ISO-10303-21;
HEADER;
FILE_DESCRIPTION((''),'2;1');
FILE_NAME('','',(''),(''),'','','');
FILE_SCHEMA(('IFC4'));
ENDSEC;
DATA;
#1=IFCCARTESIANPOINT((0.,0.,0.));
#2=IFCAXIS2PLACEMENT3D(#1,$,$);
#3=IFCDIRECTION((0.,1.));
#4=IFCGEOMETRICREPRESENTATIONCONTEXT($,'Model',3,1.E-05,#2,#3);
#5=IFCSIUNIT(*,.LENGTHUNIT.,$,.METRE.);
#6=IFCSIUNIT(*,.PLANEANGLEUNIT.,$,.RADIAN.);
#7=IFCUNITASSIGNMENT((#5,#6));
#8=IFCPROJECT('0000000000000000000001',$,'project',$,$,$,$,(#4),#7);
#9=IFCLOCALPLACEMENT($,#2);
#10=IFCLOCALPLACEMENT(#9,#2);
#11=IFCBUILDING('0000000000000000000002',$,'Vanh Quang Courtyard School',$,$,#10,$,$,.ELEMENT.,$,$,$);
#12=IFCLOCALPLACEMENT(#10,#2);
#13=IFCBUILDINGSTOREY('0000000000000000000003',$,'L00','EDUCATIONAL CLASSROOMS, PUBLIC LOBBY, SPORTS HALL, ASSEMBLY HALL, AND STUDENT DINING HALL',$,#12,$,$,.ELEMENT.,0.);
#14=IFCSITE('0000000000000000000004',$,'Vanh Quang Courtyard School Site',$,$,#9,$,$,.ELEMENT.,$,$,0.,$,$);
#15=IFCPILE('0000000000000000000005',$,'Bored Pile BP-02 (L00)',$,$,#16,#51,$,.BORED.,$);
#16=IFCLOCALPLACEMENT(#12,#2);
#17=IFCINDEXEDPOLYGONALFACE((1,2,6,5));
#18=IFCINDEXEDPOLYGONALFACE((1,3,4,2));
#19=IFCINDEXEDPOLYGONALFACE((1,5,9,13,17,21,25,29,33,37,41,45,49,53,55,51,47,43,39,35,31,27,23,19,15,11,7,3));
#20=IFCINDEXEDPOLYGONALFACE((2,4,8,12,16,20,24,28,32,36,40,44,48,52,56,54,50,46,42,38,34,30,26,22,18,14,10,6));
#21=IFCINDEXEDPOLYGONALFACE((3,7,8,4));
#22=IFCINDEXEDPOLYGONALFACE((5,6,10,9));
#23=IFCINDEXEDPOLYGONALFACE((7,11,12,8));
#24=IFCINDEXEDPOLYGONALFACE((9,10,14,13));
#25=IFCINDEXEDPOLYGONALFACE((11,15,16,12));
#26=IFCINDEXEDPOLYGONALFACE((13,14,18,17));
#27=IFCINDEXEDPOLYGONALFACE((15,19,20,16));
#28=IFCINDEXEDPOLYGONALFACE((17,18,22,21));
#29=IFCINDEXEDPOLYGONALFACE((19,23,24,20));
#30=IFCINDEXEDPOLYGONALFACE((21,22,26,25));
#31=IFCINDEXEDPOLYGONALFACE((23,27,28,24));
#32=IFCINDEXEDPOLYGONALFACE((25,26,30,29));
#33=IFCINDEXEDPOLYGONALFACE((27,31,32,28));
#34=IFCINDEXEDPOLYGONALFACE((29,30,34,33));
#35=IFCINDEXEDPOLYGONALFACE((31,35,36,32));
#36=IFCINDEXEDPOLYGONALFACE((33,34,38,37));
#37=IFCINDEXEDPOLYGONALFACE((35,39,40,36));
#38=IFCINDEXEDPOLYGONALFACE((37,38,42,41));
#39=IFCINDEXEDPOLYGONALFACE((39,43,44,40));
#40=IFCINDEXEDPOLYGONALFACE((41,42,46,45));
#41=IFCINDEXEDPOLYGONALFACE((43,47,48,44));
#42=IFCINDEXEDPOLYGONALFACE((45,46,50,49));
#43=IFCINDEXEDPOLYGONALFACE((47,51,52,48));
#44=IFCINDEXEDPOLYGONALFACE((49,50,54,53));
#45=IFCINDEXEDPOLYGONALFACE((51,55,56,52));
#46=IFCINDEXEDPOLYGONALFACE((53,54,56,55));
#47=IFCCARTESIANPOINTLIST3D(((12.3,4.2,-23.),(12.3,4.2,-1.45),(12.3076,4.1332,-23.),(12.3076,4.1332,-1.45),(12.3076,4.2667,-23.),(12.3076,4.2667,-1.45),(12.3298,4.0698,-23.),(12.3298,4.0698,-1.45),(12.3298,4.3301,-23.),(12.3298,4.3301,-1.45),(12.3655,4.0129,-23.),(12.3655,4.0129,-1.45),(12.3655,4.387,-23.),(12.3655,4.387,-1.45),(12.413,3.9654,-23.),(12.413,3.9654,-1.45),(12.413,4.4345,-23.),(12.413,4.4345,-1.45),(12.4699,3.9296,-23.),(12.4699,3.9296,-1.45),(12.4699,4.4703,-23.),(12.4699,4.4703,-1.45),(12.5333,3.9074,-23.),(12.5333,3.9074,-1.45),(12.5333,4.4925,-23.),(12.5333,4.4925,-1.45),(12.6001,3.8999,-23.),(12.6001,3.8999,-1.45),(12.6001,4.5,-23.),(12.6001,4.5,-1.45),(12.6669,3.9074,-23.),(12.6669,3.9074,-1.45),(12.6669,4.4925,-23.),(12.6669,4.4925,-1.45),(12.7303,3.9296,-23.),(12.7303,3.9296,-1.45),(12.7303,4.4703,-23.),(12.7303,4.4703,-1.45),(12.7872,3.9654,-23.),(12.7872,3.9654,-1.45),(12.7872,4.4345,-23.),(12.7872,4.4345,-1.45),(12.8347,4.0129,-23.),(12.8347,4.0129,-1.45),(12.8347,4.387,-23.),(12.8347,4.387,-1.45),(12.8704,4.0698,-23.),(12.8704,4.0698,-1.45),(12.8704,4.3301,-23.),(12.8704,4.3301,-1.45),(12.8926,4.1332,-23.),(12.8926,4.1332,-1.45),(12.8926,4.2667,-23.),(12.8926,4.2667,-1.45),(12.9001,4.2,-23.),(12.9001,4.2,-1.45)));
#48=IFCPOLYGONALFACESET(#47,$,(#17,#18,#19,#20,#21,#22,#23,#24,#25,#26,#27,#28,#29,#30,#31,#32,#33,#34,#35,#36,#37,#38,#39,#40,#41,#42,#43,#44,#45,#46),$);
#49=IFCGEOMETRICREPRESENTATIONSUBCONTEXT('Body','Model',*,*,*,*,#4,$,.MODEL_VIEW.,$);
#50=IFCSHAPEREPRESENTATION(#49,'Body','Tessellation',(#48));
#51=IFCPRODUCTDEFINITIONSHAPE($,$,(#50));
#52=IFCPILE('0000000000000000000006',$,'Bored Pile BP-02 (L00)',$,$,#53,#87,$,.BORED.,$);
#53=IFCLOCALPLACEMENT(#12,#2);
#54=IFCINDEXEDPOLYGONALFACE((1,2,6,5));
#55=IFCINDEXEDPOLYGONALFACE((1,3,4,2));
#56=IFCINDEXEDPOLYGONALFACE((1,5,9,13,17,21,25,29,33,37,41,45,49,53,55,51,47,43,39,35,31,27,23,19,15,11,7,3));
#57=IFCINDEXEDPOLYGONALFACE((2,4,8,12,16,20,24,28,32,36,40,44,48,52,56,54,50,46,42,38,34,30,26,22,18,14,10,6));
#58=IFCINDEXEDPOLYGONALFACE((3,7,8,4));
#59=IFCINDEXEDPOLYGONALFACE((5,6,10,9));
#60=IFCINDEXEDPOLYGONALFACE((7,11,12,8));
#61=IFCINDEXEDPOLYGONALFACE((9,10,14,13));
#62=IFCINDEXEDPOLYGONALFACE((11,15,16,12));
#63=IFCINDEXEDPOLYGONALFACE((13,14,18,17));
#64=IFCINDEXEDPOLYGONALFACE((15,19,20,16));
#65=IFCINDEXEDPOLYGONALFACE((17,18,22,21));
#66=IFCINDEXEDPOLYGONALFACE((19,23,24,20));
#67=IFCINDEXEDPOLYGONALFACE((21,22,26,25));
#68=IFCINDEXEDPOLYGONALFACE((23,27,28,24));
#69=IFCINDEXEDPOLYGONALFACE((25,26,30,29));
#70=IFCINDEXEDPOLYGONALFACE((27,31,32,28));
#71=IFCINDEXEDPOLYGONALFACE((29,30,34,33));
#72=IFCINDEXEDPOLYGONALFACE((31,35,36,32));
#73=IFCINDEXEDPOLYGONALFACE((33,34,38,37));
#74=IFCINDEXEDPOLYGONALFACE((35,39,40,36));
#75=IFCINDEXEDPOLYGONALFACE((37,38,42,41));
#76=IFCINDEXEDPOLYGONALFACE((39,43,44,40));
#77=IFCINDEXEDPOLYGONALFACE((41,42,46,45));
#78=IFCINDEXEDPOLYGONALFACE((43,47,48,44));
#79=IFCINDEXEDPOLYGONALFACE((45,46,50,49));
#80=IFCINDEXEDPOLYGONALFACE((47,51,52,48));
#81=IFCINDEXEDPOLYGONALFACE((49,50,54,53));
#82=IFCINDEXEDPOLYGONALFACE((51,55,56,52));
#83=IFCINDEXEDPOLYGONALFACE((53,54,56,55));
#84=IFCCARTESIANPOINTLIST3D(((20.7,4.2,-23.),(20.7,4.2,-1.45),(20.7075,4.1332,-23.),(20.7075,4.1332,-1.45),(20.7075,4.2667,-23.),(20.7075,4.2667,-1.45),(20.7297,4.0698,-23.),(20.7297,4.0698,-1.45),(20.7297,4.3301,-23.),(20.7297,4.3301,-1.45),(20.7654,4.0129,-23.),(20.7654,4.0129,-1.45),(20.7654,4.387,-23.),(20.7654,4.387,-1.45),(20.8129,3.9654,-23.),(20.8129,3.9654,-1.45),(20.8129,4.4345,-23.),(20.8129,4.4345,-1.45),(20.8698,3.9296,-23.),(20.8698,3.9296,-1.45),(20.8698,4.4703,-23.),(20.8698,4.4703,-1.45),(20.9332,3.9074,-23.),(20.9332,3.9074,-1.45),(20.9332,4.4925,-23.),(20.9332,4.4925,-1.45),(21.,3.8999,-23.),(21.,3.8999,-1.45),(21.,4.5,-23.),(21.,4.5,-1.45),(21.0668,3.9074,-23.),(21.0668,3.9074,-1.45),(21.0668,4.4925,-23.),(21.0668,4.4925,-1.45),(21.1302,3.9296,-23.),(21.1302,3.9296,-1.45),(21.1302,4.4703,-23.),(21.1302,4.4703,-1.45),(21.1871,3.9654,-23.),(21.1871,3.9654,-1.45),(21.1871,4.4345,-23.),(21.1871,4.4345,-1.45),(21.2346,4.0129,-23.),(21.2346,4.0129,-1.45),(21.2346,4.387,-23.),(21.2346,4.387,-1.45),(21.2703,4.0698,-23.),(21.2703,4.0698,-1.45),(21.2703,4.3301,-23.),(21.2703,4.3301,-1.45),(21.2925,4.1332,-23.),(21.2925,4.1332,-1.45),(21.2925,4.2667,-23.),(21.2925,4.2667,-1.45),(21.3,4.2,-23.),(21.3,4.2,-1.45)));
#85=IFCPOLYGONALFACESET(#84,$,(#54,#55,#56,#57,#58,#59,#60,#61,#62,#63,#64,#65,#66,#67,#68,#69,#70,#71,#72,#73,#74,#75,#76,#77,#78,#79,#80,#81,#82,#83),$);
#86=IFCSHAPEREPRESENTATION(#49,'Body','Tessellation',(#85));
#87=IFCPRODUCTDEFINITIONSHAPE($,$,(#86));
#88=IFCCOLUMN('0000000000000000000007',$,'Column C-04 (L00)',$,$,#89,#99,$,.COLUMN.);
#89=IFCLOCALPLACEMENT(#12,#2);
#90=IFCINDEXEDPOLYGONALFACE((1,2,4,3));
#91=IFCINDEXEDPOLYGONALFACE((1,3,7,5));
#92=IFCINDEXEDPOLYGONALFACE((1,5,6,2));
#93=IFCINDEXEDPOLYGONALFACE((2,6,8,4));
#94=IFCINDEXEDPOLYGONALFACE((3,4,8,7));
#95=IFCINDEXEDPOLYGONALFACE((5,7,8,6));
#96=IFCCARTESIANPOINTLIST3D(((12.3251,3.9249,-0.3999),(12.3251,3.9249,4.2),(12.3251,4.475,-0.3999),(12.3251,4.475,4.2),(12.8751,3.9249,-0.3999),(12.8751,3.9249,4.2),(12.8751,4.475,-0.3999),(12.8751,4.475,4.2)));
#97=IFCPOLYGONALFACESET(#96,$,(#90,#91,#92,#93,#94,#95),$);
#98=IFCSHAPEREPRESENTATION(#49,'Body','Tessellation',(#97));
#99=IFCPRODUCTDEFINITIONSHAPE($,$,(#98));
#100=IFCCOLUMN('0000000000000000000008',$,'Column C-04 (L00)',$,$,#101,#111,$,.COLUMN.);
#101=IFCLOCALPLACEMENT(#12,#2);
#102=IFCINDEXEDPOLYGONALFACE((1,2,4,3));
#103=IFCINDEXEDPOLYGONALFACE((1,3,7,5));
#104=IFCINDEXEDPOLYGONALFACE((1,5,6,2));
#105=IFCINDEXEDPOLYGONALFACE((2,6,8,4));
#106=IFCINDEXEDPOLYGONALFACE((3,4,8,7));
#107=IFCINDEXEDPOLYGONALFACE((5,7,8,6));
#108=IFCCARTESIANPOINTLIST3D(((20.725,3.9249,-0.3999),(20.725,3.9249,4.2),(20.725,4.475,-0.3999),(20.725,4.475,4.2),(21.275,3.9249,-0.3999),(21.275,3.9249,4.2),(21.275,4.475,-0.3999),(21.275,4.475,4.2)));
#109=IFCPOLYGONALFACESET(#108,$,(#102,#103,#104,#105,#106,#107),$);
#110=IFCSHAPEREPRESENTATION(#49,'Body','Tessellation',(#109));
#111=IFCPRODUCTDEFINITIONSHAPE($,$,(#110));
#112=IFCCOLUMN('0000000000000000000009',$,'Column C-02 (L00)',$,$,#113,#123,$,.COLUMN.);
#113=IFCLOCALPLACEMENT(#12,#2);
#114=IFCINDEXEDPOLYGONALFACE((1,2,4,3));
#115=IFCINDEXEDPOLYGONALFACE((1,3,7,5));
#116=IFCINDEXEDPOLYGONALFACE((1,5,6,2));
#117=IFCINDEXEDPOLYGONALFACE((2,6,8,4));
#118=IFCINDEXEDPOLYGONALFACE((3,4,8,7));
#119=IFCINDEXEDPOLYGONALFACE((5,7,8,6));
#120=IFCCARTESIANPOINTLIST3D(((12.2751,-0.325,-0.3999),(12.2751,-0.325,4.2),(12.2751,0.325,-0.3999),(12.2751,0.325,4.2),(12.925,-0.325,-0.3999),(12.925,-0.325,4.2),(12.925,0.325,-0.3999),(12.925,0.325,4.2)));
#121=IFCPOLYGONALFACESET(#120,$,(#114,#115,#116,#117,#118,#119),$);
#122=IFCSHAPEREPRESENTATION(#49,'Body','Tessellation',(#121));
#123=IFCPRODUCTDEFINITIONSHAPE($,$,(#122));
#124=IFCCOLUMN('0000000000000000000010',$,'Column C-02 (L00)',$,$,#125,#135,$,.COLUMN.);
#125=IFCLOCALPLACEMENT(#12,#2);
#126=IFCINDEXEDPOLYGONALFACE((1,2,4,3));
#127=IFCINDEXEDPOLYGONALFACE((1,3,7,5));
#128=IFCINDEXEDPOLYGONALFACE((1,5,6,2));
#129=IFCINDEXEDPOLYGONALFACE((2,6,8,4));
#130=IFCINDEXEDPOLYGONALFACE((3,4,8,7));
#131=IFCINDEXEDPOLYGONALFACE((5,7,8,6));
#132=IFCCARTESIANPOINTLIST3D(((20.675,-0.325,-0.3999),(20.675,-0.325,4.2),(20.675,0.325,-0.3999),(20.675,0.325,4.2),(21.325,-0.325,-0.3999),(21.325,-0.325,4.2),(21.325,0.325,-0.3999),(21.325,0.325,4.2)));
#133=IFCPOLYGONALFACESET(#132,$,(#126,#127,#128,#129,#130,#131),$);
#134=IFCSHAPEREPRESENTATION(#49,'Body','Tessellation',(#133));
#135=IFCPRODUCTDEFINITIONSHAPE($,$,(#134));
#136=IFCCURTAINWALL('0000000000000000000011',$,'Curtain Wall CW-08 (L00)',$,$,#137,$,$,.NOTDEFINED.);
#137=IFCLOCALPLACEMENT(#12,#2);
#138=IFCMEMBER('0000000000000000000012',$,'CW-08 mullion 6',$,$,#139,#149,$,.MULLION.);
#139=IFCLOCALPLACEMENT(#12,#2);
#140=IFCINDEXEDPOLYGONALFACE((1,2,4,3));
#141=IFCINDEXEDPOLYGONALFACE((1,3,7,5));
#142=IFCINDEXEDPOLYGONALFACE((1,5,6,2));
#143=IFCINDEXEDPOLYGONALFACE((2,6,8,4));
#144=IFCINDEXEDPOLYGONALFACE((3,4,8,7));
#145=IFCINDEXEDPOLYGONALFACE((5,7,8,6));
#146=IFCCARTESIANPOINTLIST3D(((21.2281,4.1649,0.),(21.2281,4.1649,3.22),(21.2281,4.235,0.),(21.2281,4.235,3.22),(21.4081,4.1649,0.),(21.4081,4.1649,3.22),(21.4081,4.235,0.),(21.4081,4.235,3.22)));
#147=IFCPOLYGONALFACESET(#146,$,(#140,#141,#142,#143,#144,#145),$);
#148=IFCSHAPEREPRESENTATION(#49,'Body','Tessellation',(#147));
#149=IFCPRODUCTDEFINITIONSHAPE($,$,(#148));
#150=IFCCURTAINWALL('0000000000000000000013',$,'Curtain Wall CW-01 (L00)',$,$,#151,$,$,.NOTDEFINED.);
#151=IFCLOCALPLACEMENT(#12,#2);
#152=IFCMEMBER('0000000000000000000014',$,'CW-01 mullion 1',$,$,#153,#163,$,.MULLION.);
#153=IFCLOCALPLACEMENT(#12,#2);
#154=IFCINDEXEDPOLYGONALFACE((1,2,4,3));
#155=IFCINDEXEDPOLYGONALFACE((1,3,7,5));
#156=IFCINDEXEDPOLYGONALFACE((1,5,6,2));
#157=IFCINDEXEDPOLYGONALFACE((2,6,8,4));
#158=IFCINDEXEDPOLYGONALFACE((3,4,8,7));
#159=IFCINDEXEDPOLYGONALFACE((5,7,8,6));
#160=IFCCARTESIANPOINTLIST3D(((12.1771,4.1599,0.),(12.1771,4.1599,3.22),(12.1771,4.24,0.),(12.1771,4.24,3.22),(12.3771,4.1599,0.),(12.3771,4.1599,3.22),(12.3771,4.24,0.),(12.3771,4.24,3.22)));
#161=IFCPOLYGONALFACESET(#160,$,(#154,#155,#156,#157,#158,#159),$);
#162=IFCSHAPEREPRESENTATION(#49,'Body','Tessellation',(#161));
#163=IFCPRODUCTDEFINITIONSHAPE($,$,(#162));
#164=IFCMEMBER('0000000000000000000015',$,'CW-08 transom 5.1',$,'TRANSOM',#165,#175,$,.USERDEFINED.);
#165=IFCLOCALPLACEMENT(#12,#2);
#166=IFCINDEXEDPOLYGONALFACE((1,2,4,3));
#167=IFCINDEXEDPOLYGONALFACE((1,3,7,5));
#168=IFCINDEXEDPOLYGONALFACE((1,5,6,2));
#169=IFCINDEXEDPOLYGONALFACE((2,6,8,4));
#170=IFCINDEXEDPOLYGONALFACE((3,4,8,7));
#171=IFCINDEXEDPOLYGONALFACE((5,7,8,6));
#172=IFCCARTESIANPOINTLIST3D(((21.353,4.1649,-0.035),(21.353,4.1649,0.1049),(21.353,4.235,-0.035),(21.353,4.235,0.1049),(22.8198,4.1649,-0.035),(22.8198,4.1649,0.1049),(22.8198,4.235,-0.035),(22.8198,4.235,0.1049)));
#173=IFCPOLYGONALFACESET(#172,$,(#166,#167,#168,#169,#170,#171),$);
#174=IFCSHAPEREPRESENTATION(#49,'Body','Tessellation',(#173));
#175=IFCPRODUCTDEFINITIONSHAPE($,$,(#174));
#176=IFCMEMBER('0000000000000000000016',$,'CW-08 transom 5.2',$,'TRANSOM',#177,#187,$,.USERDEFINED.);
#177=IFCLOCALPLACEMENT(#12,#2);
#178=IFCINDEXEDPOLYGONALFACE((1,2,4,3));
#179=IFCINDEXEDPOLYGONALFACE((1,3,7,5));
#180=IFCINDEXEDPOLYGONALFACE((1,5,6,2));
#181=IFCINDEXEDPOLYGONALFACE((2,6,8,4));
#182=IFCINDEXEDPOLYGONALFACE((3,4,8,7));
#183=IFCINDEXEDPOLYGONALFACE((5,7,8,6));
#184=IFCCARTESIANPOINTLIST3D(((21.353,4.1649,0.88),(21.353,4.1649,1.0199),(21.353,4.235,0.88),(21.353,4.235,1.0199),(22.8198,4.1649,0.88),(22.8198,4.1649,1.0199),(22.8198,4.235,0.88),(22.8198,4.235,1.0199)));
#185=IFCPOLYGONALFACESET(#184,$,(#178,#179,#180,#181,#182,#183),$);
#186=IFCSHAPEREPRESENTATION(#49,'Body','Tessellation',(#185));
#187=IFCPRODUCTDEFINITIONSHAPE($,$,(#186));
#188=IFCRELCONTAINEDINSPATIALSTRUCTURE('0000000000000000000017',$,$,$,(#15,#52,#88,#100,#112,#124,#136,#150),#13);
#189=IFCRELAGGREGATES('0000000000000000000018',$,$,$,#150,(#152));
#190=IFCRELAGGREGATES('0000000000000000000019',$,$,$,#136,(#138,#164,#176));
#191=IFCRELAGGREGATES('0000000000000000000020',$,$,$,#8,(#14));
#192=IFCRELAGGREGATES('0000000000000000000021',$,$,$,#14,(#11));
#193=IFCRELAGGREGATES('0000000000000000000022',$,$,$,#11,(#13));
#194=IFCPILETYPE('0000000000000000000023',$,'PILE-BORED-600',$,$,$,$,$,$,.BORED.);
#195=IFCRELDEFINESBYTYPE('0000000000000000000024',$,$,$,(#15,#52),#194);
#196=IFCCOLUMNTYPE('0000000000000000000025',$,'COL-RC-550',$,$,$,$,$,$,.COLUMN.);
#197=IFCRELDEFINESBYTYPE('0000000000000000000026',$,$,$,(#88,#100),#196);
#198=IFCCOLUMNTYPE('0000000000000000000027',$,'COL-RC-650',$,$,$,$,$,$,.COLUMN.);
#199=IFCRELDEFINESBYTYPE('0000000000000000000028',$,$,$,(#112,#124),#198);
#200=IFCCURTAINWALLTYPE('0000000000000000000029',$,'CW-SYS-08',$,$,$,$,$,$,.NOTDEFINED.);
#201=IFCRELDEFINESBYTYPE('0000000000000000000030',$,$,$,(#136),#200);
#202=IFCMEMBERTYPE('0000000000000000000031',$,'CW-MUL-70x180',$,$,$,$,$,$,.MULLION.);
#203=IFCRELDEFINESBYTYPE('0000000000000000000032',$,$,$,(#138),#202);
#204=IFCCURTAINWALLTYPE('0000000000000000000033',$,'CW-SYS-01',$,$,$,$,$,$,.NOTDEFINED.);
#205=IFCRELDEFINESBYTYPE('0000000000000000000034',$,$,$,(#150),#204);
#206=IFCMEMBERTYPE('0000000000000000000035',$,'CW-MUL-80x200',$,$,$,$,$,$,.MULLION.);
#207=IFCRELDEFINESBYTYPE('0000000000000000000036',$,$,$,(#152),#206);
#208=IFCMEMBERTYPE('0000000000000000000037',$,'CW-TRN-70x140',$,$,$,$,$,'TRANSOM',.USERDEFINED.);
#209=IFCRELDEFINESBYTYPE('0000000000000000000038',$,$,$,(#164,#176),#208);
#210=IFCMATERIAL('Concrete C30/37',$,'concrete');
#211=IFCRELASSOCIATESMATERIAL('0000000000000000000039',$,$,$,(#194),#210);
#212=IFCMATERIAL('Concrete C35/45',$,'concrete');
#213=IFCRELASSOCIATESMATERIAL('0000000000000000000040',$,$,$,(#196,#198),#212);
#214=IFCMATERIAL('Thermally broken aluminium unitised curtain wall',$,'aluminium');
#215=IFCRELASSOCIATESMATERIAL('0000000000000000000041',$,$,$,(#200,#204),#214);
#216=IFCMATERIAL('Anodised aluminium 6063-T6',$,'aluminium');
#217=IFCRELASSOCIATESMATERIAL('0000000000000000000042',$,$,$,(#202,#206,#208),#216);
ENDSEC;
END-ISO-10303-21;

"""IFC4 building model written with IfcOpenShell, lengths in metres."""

from ifc_helpers import new_model, si_unit, direction, frame, origin, origin_2d, place, context, subcontext, project, spatial, rectangle, circle, extrude, material, material_profile, profile_set, type_object, element, aggregate, save


model = new_model("IFC4")

# Units and contexts
model_context = context("Model", 3, precision=1e-05, world=origin(), true_north=direction((0.0, 1.0)))
body_context = subcontext(model_context, "Body", "Model", "MODEL_VIEW")
ifc_project = project(units=[si_unit("LENGTHUNIT", "METRE"), si_unit("PLANEANGLEUNIT", "RADIAN")], contexts=[model_context])

# Site, building, storey
site_placement = place(None, origin())
site = spatial("IfcSite", under=ifc_project, at=site_placement, Name="Vanh Quang Courtyard School Site", CompositionType="ELEMENT", RefElevation=0.0)
building_placement = place(site_placement, origin())
building = spatial("IfcBuilding", under=site, at=building_placement, Name="Vanh Quang Courtyard School", CompositionType="ELEMENT")
storey_placement = place(building_placement, origin())
storey = spatial("IfcBuildingStorey", under=building, at=storey_placement, Name="L00", Description="EDUCATIONAL CLASSROOMS, PUBLIC LOBBY, SPORTS HALL, ASSEMBLY HALL, AND STUDENT DINING HALL", CompositionType="ELEMENT", Elevation=0.0)

# Shared definitions
ifc_material_1 = material(Name="Concrete C35/45", Category="concrete")

# Piles
ifc_material_2 = material(Name="Concrete C30/37", Category="concrete")
ifc_material_profile_1 = material_profile(ifc_material_2, circle(Radius=0.3, at=origin_2d()), Name="PILE D600")
ifc_profile_set_1 = profile_set([ifc_material_profile_1], Name="Concrete C30/37")
pile_type_1 = type_object("IfcPileType", Name="PILE-BORED-600", PredefinedType="BORED", material=ifc_profile_set_1)
for number, where, z_axis, x_axis, name in (
    (1, (12.6001, 4.2, -1.45), (0.0, 0.0, -1.0), (1.0, 0.0, 0.0), "Bored Pile BP-02 (L00)"),
    (2, (21.0, 4.2, -1.45), (0.0, 0.0, -1.0), (1.0, 0.0, 0.0), "Bored Pile BP-02 (L00)"),
):
    element("IfcPile", number, at=place(storey_placement, frame(where, z_axis=z_axis, x_axis=x_axis)), inside=storey, type_object=pile_type_1, Name=name, PredefinedType="BORED", context=body_context, shape_type="SweptSolid", body=[
        extrude(circle(Radius=0.3, at=origin_2d()), origin(), (0.0, 0.0, 1.0), 21.55),
    ])

# Columns
ifc_material_profile_2 = material_profile(ifc_material_1, rectangle(XDim=0.55, YDim=0.55, at=origin_2d()), Name="RC-COL 550x550")
ifc_profile_set_2 = profile_set([ifc_material_profile_2], Name="Concrete C35/45")
column_type_1 = type_object("IfcColumnType", Name="COL-RC-550", PredefinedType="COLUMN", material=ifc_profile_set_2)
for number, where, z_axis, x_axis, name in (
    (3, (12.6001, 4.2, -0.3999), (0.0, 0.0, 1.0), (1.0, 0.0, 0.0), "Column C-04 (L00)"),
    (4, (21.0, 4.2, -0.3999), (0.0, 0.0, 1.0), (1.0, 0.0, 0.0), "Column C-04 (L00)"),
):
    element("IfcColumn", number, at=place(storey_placement, frame(where, z_axis=z_axis, x_axis=x_axis)), inside=storey, type_object=column_type_1, Name=name, PredefinedType="COLUMN", context=body_context, shape_type="SweptSolid", body=[
        extrude(rectangle(XDim=0.55, YDim=0.55, at=origin_2d()), origin(), (0.0, 0.0, 1.0), 4.5999),
    ])
ifc_material_profile_3 = material_profile(ifc_material_1, rectangle(XDim=0.6499, YDim=0.6499, at=origin_2d()), Name="RC-COL 650x650")
ifc_profile_set_3 = profile_set([ifc_material_profile_3], Name="Concrete C35/45")
column_type_2 = type_object("IfcColumnType", Name="COL-RC-650", PredefinedType="COLUMN", material=ifc_profile_set_3)
for number, where, z_axis, x_axis, name in (
    (5, (12.6001, 0.0, -0.3999), (0.0, 0.0, 1.0), (1.0, 0.0, 0.0), "Column C-02 (L00)"),
    (6, (21.0, 0.0, -0.3999), (0.0, 0.0, 1.0), (1.0, 0.0, 0.0), "Column C-02 (L00)"),
):
    element("IfcColumn", number, at=place(storey_placement, frame(where, z_axis=z_axis, x_axis=x_axis)), inside=storey, type_object=column_type_2, Name=name, PredefinedType="COLUMN", context=body_context, shape_type="SweptSolid", body=[
        extrude(rectangle(XDim=0.6499, YDim=0.6499, at=origin_2d()), origin(), (0.0, 0.0, 1.0), 4.5999),
    ])

# Curtain walls, members
ifc_material_3 = material(Name="Thermally broken aluminium unitised curtain wall", Category="aluminium")
curtain_wall_type_1 = type_object("IfcCurtainWallType", Name="CW-SYS-08", PredefinedType="NOTDEFINED", material=ifc_material_3)
curtain_wall_1_placement = place(storey_placement, origin())
curtain_wall_1 = element("IfcCurtainWall", 7, at=curtain_wall_1_placement, inside=storey, type_object=curtain_wall_type_1, Name="Curtain Wall CW-08 (L00)", PredefinedType="NOTDEFINED")
ifc_material_4 = material(Name="Anodised aluminium 6063-T6", Category="aluminium")
ifc_material_profile_4 = material_profile(ifc_material_4, rectangle(XDim=0.0701, YDim=0.1799, at=origin_2d()), Name="ALU-MUL 70x180")
ifc_profile_set_4 = profile_set([ifc_material_profile_4], Name="Anodised aluminium 6063-T6")
member_type_1 = type_object("IfcMemberType", Name="CW-MUL-70x180", PredefinedType="MULLION", material=ifc_profile_set_4)
member_1_placement = place(storey_placement, frame((21.3181, 4.2, 0.0), z_axis=(0.0, 0.0, 1.0), x_axis=(0.0, -1.0, 0.0)))
member_1 = element("IfcMember", 8, at=member_1_placement, type_object=member_type_1, Name="CW-08 mullion 6", PredefinedType="MULLION", context=body_context, shape_type="SweptSolid", body=[
    extrude(rectangle(XDim=0.0701, YDim=0.1799, at=origin_2d()), origin(), (0.0, 0.0, 1.0), 3.22),
])
curtain_wall_type_2 = type_object("IfcCurtainWallType", Name="CW-SYS-01", PredefinedType="NOTDEFINED", material=ifc_material_3)
curtain_wall_2_placement = place(storey_placement, origin())
curtain_wall_2 = element("IfcCurtainWall", 9, at=curtain_wall_2_placement, inside=storey, type_object=curtain_wall_type_2, Name="Curtain Wall CW-01 (L00)", PredefinedType="NOTDEFINED")
ifc_material_profile_5 = material_profile(ifc_material_4, rectangle(XDim=0.0801, YDim=0.2, at=origin_2d()), Name="ALU-MUL 80x200")
ifc_profile_set_5 = profile_set([ifc_material_profile_5], Name="Anodised aluminium 6063-T6")
member_type_2 = type_object("IfcMemberType", Name="CW-MUL-80x200", PredefinedType="MULLION", material=ifc_profile_set_5)
member_2_placement = place(storey_placement, frame((12.2771, 4.2, 0.0), z_axis=(0.0, 0.0, 1.0), x_axis=(0.0, -1.0, 0.0)))
member_2 = element("IfcMember", 10, at=member_2_placement, type_object=member_type_2, Name="CW-01 mullion 1", PredefinedType="MULLION", context=body_context, shape_type="SweptSolid", body=[
    extrude(rectangle(XDim=0.0801, YDim=0.2, at=origin_2d()), origin(), (0.0, 0.0, 1.0), 3.22),
])

# Members
ifc_material_profile_6 = material_profile(ifc_material_4, rectangle(XDim=0.0701, YDim=0.1399, at=origin_2d()), Name="ALU-TRN 70x140")
ifc_profile_set_6 = profile_set([ifc_material_profile_6], Name="Anodised aluminium 6063-T6")
member_type_3 = type_object("IfcMemberType", Name="CW-TRN-70x140", ElementType="TRANSOM", PredefinedType="USERDEFINED", material=ifc_profile_set_6)
member_3_placement = place(storey_placement, frame((22.8198, 4.2, 0.0349), z_axis=(-1.0, 0.0, 0.0), x_axis=(0.0, -1.0, 0.0)))
member_3 = element("IfcMember", 11, at=member_3_placement, type_object=member_type_3, Name="CW-08 transom 5.1", ObjectType="TRANSOM", PredefinedType="USERDEFINED", context=body_context, shape_type="SweptSolid", body=[
    extrude(rectangle(XDim=0.0701, YDim=0.1399, at=origin_2d()), origin(), (0.0, 0.0, 1.0), 1.4668),
])
member_4_placement = place(storey_placement, frame((22.8198, 4.2, 0.95), z_axis=(-1.0, 0.0, 0.0), x_axis=(0.0, -1.0, 0.0)))
member_4 = element("IfcMember", 12, at=member_4_placement, type_object=member_type_3, Name="CW-08 transom 5.2", ObjectType="TRANSOM", PredefinedType="USERDEFINED", context=body_context, shape_type="SweptSolid", body=[
    extrude(rectangle(XDim=0.0701, YDim=0.1399, at=origin_2d()), origin(), (0.0, 0.0, 1.0), 1.4668),
])
aggregate(curtain_wall_2, [member_2])

aggregate(curtain_wall_1, [member_1, member_3, member_4])

save(model, "model.ifc")
